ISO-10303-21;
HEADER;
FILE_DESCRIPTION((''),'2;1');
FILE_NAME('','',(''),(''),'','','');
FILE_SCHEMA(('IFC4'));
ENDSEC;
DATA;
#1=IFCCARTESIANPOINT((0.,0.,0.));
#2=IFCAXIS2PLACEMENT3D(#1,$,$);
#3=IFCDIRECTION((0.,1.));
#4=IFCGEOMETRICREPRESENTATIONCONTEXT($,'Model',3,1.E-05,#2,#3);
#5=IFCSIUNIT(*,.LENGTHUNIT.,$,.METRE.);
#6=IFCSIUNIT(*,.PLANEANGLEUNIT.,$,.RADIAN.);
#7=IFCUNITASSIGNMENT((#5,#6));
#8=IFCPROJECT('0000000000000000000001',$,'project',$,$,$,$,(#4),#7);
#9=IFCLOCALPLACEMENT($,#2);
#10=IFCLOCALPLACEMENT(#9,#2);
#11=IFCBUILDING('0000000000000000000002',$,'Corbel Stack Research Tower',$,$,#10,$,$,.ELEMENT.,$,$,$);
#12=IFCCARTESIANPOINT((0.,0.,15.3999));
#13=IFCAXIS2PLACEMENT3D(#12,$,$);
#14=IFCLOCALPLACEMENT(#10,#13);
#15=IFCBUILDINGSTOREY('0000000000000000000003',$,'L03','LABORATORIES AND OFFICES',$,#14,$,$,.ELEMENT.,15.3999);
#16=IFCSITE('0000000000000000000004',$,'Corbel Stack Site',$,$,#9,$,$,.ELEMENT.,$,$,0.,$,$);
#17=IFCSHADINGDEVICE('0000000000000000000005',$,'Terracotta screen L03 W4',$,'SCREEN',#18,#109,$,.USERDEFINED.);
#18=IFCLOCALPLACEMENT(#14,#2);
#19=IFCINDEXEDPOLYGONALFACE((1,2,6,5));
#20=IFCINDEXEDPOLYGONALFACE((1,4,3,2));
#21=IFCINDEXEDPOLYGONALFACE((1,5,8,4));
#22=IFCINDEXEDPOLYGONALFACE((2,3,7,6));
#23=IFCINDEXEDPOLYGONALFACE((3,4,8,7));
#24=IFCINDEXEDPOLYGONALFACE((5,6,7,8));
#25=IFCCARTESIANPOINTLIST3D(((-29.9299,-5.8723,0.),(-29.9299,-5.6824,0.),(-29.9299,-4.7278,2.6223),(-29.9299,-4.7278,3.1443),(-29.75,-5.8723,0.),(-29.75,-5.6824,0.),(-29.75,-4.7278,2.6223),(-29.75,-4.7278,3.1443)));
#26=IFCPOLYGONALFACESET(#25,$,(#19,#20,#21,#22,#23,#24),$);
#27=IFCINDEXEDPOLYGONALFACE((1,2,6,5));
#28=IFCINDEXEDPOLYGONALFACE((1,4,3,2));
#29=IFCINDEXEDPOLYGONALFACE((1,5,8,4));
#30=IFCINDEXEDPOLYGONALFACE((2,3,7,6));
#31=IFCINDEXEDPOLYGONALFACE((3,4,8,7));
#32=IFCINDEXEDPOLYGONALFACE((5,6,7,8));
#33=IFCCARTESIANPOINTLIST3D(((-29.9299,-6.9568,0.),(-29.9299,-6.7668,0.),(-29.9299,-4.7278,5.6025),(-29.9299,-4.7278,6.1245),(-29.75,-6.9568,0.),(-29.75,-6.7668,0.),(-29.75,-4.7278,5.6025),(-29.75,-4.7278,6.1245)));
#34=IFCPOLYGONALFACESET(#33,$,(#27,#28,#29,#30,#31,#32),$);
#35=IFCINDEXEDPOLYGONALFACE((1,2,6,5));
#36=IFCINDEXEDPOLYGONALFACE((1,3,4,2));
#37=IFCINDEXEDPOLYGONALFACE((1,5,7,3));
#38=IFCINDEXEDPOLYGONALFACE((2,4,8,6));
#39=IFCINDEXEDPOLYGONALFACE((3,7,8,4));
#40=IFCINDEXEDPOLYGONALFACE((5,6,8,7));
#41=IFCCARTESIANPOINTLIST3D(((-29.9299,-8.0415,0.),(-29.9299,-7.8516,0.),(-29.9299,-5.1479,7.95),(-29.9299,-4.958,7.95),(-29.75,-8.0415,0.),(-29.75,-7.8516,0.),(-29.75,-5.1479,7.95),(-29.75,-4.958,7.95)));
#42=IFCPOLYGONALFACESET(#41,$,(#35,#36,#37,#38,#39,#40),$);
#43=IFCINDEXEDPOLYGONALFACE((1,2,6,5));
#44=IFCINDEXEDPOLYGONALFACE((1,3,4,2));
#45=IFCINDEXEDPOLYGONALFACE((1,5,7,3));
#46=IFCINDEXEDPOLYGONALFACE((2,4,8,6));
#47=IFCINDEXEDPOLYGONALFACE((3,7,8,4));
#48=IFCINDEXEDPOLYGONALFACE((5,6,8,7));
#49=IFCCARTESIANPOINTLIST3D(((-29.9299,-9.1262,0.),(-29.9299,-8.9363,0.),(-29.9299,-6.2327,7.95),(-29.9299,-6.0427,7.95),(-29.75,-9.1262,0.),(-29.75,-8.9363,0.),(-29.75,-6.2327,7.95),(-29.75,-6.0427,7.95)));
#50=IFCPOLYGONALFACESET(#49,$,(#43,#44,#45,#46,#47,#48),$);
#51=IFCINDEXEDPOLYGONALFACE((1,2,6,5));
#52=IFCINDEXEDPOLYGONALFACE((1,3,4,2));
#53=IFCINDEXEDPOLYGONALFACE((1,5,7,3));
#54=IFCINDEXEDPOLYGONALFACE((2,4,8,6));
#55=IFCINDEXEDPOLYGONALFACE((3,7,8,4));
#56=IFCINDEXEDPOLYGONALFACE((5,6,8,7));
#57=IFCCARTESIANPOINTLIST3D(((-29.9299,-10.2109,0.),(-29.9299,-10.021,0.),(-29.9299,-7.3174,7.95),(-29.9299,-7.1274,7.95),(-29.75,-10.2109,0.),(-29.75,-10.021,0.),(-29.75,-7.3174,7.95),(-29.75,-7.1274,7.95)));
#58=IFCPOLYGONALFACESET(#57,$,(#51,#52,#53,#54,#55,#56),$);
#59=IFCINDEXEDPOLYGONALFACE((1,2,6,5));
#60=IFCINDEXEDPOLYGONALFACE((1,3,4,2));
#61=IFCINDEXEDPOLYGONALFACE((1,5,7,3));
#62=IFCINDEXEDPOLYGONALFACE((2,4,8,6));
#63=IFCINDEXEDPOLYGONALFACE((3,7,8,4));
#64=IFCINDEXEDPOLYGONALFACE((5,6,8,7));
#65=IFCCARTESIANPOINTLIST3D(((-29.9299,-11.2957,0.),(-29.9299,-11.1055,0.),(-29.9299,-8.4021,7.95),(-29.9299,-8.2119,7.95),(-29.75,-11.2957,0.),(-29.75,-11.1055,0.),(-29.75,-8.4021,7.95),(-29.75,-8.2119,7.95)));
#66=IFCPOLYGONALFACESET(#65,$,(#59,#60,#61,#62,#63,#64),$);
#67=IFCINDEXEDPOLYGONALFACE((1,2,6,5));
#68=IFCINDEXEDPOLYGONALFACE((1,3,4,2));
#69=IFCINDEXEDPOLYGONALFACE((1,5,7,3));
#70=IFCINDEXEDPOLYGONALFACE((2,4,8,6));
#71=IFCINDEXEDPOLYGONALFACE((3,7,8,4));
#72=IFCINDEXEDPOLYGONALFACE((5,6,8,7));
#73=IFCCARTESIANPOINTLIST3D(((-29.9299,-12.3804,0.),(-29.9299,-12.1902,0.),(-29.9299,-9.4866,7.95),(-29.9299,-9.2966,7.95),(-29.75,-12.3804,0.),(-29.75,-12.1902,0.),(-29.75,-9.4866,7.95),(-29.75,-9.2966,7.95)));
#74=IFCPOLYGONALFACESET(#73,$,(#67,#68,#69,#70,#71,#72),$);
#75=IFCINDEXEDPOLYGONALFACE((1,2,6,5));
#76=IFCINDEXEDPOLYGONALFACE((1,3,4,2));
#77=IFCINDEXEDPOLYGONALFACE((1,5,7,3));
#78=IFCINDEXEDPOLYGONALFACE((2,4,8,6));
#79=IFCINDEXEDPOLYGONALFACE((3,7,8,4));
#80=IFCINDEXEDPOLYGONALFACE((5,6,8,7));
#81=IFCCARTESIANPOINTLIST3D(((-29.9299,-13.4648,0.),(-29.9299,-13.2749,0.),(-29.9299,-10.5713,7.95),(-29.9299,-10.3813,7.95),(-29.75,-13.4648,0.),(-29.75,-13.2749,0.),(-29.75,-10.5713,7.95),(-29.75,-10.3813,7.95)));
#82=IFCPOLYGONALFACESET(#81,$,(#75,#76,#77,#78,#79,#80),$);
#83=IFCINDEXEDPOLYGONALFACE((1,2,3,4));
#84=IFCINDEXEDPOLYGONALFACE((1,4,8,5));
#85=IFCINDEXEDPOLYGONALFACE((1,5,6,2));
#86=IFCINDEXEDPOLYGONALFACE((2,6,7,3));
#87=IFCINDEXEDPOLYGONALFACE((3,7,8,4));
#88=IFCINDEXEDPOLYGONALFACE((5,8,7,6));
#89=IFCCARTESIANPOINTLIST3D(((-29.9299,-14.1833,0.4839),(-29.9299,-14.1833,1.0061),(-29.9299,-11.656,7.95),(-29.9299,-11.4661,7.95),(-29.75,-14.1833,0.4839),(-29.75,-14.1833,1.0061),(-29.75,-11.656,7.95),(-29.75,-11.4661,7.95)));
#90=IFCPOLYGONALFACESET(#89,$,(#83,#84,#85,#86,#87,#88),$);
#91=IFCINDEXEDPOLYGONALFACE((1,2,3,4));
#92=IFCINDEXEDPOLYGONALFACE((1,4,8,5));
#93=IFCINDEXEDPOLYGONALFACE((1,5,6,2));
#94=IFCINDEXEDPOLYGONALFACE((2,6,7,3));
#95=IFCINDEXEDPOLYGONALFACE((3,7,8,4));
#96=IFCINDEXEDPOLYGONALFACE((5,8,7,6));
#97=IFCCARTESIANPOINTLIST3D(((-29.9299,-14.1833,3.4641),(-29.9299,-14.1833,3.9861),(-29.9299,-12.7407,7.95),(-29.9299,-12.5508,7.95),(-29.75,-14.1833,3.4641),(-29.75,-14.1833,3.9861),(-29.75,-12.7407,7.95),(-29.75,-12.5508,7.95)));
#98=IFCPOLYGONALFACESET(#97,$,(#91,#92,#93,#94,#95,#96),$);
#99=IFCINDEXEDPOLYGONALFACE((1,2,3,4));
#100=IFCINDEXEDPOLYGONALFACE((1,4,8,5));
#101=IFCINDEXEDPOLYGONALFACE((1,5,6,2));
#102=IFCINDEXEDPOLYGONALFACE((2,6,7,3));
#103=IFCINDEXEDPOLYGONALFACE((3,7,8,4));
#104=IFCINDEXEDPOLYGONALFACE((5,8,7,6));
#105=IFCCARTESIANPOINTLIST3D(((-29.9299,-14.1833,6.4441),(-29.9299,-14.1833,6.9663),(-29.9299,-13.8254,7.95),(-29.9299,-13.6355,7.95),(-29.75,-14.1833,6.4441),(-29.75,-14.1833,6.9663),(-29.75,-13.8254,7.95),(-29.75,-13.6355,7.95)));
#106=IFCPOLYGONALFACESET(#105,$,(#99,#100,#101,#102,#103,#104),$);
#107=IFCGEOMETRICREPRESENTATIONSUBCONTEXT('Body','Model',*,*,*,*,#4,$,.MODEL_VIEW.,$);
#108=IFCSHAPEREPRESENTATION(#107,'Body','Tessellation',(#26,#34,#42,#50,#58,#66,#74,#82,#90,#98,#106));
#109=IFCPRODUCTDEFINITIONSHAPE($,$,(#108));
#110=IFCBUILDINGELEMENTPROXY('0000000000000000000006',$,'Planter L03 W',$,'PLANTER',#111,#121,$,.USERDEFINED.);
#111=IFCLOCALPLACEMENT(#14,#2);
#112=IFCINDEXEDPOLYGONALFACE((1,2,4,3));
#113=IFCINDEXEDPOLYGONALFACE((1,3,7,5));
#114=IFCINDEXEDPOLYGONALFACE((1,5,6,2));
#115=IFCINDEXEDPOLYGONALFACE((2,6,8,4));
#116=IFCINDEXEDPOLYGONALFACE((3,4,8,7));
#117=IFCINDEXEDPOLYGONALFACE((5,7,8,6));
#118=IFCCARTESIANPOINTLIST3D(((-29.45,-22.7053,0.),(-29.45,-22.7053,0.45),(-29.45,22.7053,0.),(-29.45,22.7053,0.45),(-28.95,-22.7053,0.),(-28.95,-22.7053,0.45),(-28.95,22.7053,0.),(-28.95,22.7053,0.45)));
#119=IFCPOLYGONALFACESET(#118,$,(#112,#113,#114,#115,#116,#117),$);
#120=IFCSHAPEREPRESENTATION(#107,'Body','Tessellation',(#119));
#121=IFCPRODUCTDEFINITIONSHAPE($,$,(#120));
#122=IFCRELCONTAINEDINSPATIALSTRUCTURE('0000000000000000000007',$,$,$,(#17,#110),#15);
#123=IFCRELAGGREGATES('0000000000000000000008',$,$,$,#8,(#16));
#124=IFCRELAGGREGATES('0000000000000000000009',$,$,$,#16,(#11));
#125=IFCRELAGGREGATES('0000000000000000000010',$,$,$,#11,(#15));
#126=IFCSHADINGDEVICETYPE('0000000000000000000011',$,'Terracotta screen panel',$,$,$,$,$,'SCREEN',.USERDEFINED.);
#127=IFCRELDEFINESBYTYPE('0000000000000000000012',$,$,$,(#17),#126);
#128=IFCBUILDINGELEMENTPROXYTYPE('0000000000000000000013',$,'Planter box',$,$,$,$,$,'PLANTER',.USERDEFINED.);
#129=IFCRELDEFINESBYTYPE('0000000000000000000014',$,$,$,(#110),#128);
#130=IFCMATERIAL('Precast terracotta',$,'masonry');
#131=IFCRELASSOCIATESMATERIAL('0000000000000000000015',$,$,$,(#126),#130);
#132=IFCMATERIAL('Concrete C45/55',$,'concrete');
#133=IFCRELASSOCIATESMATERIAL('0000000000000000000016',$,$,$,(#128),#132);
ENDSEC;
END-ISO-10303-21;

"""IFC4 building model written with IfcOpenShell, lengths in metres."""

from ifc_helpers import new_model, si_unit, direction, frame, origin, origin_2d, place, context, subcontext, project, spatial, polyline, rectangle, outline, extrude, source, transform, mapped, material, type_object, element, save


model = new_model("IFC4")

# Units and contexts
model_context = context("Model", 3, precision=1e-05, world=origin(), true_north=direction((0.0, 1.0)))
body_context = subcontext(model_context, "Body", "Model", "MODEL_VIEW")
ifc_project = project(units=[si_unit("LENGTHUNIT", "METRE"), si_unit("PLANEANGLEUNIT", "RADIAN")], contexts=[model_context])

# Site, building, storey
site_placement = place(None, origin())
site = spatial("IfcSite", under=ifc_project, at=site_placement, Name="Corbel Stack Site", CompositionType="ELEMENT", RefElevation=0.0)
building_placement = place(site_placement, origin())
building = spatial("IfcBuilding", under=site, at=building_placement, Name="Corbel Stack Research Tower", CompositionType="ELEMENT")
storey_placement = place(building_placement, frame((0.0, 0.0, 15.3999)))
storey = spatial("IfcBuildingStorey", under=building, at=storey_placement, Name="L03", Description="LABORATORIES AND OFFICES", CompositionType="ELEMENT", Elevation=15.3999)

# Shading device
ifc_material_1 = material(Name="Precast terracotta", Category="masonry")
shading_device_type = type_object("IfcShadingDeviceType", Name="Terracotta screen panel", ElementType="SCREEN", PredefinedType="USERDEFINED", material=ifc_material_1)
shared_shape_1 = source(origin(), body_context, "Body", "SweptSolid", [
    extrude(outline(polyline([(1.1445, 0.0), (0.0, 3.1443), (0.0, 2.6223), (0.9546, 0.0), (1.1445, 0.0)])), frame((0.0, 0.0, 0.0), z_axis=(0.0, -1.0, 0.0), x_axis=(1.0, 0.0, 0.0)), (0.0, 0.0, 1.0), 0.1799),
    extrude(outline(polyline([(2.229, 0.0), (0.0, 6.1245), (0.0, 5.6025), (2.0391, 0.0), (2.229, 0.0)])), frame((0.0, 0.0, 0.0), z_axis=(0.0, -1.0, 0.0), x_axis=(1.0, 0.0, 0.0)), (0.0, 0.0, 1.0), 0.1799),
    extrude(outline(polyline([(3.3137, 0.0), (0.4202, 7.95), (0.2302, 7.95), (3.1238, 0.0), (3.3137, 0.0)])), frame((0.0, 0.0, 0.0), z_axis=(0.0, -1.0, 0.0), x_axis=(1.0, 0.0, 0.0)), (0.0, 0.0, 1.0), 0.1799),
    extrude(outline(polyline([(4.3984, 0.0), (1.5049, 7.95), (1.3149, 7.95), (4.2085, 0.0), (4.3984, 0.0)])), frame((0.0, 0.0, 0.0), z_axis=(0.0, -1.0, 0.0), x_axis=(1.0, 0.0, 0.0)), (0.0, 0.0, 1.0), 0.1799),
    extrude(outline(polyline([(5.4832, 0.0), (2.5896, 7.95), (2.3997, 7.95), (5.2932, 0.0), (5.4832, 0.0)])), frame((0.0, 0.0, 0.0), z_axis=(0.0, -1.0, 0.0), x_axis=(1.0, 0.0, 0.0)), (0.0, 0.0, 1.0), 0.1799),
    extrude(outline(polyline([(6.5679, 0.0), (3.6743, 7.95), (3.4841, 7.95), (6.3777, 0.0), (6.5679, 0.0)])), frame((0.0, 0.0, 0.0), z_axis=(0.0, -1.0, 0.0), x_axis=(1.0, 0.0, 0.0)), (0.0, 0.0, 1.0), 0.1799),
    extrude(outline(polyline([(7.6526, 0.0), (4.7588, 7.95), (4.5688, 7.95), (7.4624, 0.0), (7.6526, 0.0)])), frame((0.0, 0.0, 0.0), z_axis=(0.0, -1.0, 0.0), x_axis=(1.0, 0.0, 0.0)), (0.0, 0.0, 1.0), 0.1799),
    extrude(outline(polyline([(8.7371, 0.0), (5.8435, 7.95), (5.6536, 7.95), (8.5471, 0.0), (8.7371, 0.0)])), frame((0.0, 0.0, 0.0), z_axis=(0.0, -1.0, 0.0), x_axis=(1.0, 0.0, 0.0)), (0.0, 0.0, 1.0), 0.1799),
    extrude(outline(polyline([(6.9282, 7.95), (6.7383, 7.95), (9.4556, 0.4839), (9.4556, 1.0061), (6.9282, 7.95)])), frame((0.0, 0.0, 0.0), z_axis=(0.0, -1.0, 0.0), x_axis=(1.0, 0.0, 0.0)), (0.0, 0.0, 1.0), 0.1799),
    extrude(outline(polyline([(8.0129, 7.95), (7.823, 7.95), (9.4556, 3.4641), (9.4556, 3.9861), (8.0129, 7.95)])), frame((0.0, 0.0, 0.0), z_axis=(0.0, -1.0, 0.0), x_axis=(1.0, 0.0, 0.0)), (0.0, 0.0, 1.0), 0.1799),
    extrude(outline(polyline([(9.0977, 7.95), (8.9077, 7.95), (9.4556, 6.4441), (9.4556, 6.9663), (9.0977, 7.95)])), frame((0.0, 0.0, 0.0), z_axis=(0.0, -1.0, 0.0), x_axis=(1.0, 0.0, 0.0)), (0.0, 0.0, 1.0), 0.1799),
])
shading_device_1_placement = place(storey_placement, frame((-29.75, -4.7278, 0.0), z_axis=(0.0, 0.0, 1.0), x_axis=(0.0, -1.0, 0.0)))
element("IfcShadingDevice", 1, at=shading_device_1_placement, inside=storey, type_object=shading_device_type, Name="Terracotta screen L03 W4", ObjectType="SCREEN", PredefinedType="USERDEFINED", context=body_context, shape_type="MappedRepresentation", body=[
    mapped(shared_shape_1, transform((0.0, 0.0, 0.0))),
])

# Building element proxy
ifc_material_2 = material(Name="Concrete C45/55", Category="concrete")
building_element_proxy_type = type_object("IfcBuildingElementProxyType", Name="Planter box", ElementType="PLANTER", PredefinedType="USERDEFINED", material=ifc_material_2)
proxy_placement = place(storey_placement, frame((-29.2, 0.0, 0.0), z_axis=(0.0, 0.0, 1.0), x_axis=(0.0, -1.0, 0.0)))
element("IfcBuildingElementProxy", 2, at=proxy_placement, inside=storey, type_object=building_element_proxy_type, Name="Planter L03 W", ObjectType="PLANTER", PredefinedType="USERDEFINED", context=body_context, shape_type="SweptSolid", body=[
    extrude(rectangle(XDim=45.4106, YDim=0.5, at=origin_2d()), origin(), (0.0, 0.0, 1.0), 0.45),
])

save(model, "model.ifc")
